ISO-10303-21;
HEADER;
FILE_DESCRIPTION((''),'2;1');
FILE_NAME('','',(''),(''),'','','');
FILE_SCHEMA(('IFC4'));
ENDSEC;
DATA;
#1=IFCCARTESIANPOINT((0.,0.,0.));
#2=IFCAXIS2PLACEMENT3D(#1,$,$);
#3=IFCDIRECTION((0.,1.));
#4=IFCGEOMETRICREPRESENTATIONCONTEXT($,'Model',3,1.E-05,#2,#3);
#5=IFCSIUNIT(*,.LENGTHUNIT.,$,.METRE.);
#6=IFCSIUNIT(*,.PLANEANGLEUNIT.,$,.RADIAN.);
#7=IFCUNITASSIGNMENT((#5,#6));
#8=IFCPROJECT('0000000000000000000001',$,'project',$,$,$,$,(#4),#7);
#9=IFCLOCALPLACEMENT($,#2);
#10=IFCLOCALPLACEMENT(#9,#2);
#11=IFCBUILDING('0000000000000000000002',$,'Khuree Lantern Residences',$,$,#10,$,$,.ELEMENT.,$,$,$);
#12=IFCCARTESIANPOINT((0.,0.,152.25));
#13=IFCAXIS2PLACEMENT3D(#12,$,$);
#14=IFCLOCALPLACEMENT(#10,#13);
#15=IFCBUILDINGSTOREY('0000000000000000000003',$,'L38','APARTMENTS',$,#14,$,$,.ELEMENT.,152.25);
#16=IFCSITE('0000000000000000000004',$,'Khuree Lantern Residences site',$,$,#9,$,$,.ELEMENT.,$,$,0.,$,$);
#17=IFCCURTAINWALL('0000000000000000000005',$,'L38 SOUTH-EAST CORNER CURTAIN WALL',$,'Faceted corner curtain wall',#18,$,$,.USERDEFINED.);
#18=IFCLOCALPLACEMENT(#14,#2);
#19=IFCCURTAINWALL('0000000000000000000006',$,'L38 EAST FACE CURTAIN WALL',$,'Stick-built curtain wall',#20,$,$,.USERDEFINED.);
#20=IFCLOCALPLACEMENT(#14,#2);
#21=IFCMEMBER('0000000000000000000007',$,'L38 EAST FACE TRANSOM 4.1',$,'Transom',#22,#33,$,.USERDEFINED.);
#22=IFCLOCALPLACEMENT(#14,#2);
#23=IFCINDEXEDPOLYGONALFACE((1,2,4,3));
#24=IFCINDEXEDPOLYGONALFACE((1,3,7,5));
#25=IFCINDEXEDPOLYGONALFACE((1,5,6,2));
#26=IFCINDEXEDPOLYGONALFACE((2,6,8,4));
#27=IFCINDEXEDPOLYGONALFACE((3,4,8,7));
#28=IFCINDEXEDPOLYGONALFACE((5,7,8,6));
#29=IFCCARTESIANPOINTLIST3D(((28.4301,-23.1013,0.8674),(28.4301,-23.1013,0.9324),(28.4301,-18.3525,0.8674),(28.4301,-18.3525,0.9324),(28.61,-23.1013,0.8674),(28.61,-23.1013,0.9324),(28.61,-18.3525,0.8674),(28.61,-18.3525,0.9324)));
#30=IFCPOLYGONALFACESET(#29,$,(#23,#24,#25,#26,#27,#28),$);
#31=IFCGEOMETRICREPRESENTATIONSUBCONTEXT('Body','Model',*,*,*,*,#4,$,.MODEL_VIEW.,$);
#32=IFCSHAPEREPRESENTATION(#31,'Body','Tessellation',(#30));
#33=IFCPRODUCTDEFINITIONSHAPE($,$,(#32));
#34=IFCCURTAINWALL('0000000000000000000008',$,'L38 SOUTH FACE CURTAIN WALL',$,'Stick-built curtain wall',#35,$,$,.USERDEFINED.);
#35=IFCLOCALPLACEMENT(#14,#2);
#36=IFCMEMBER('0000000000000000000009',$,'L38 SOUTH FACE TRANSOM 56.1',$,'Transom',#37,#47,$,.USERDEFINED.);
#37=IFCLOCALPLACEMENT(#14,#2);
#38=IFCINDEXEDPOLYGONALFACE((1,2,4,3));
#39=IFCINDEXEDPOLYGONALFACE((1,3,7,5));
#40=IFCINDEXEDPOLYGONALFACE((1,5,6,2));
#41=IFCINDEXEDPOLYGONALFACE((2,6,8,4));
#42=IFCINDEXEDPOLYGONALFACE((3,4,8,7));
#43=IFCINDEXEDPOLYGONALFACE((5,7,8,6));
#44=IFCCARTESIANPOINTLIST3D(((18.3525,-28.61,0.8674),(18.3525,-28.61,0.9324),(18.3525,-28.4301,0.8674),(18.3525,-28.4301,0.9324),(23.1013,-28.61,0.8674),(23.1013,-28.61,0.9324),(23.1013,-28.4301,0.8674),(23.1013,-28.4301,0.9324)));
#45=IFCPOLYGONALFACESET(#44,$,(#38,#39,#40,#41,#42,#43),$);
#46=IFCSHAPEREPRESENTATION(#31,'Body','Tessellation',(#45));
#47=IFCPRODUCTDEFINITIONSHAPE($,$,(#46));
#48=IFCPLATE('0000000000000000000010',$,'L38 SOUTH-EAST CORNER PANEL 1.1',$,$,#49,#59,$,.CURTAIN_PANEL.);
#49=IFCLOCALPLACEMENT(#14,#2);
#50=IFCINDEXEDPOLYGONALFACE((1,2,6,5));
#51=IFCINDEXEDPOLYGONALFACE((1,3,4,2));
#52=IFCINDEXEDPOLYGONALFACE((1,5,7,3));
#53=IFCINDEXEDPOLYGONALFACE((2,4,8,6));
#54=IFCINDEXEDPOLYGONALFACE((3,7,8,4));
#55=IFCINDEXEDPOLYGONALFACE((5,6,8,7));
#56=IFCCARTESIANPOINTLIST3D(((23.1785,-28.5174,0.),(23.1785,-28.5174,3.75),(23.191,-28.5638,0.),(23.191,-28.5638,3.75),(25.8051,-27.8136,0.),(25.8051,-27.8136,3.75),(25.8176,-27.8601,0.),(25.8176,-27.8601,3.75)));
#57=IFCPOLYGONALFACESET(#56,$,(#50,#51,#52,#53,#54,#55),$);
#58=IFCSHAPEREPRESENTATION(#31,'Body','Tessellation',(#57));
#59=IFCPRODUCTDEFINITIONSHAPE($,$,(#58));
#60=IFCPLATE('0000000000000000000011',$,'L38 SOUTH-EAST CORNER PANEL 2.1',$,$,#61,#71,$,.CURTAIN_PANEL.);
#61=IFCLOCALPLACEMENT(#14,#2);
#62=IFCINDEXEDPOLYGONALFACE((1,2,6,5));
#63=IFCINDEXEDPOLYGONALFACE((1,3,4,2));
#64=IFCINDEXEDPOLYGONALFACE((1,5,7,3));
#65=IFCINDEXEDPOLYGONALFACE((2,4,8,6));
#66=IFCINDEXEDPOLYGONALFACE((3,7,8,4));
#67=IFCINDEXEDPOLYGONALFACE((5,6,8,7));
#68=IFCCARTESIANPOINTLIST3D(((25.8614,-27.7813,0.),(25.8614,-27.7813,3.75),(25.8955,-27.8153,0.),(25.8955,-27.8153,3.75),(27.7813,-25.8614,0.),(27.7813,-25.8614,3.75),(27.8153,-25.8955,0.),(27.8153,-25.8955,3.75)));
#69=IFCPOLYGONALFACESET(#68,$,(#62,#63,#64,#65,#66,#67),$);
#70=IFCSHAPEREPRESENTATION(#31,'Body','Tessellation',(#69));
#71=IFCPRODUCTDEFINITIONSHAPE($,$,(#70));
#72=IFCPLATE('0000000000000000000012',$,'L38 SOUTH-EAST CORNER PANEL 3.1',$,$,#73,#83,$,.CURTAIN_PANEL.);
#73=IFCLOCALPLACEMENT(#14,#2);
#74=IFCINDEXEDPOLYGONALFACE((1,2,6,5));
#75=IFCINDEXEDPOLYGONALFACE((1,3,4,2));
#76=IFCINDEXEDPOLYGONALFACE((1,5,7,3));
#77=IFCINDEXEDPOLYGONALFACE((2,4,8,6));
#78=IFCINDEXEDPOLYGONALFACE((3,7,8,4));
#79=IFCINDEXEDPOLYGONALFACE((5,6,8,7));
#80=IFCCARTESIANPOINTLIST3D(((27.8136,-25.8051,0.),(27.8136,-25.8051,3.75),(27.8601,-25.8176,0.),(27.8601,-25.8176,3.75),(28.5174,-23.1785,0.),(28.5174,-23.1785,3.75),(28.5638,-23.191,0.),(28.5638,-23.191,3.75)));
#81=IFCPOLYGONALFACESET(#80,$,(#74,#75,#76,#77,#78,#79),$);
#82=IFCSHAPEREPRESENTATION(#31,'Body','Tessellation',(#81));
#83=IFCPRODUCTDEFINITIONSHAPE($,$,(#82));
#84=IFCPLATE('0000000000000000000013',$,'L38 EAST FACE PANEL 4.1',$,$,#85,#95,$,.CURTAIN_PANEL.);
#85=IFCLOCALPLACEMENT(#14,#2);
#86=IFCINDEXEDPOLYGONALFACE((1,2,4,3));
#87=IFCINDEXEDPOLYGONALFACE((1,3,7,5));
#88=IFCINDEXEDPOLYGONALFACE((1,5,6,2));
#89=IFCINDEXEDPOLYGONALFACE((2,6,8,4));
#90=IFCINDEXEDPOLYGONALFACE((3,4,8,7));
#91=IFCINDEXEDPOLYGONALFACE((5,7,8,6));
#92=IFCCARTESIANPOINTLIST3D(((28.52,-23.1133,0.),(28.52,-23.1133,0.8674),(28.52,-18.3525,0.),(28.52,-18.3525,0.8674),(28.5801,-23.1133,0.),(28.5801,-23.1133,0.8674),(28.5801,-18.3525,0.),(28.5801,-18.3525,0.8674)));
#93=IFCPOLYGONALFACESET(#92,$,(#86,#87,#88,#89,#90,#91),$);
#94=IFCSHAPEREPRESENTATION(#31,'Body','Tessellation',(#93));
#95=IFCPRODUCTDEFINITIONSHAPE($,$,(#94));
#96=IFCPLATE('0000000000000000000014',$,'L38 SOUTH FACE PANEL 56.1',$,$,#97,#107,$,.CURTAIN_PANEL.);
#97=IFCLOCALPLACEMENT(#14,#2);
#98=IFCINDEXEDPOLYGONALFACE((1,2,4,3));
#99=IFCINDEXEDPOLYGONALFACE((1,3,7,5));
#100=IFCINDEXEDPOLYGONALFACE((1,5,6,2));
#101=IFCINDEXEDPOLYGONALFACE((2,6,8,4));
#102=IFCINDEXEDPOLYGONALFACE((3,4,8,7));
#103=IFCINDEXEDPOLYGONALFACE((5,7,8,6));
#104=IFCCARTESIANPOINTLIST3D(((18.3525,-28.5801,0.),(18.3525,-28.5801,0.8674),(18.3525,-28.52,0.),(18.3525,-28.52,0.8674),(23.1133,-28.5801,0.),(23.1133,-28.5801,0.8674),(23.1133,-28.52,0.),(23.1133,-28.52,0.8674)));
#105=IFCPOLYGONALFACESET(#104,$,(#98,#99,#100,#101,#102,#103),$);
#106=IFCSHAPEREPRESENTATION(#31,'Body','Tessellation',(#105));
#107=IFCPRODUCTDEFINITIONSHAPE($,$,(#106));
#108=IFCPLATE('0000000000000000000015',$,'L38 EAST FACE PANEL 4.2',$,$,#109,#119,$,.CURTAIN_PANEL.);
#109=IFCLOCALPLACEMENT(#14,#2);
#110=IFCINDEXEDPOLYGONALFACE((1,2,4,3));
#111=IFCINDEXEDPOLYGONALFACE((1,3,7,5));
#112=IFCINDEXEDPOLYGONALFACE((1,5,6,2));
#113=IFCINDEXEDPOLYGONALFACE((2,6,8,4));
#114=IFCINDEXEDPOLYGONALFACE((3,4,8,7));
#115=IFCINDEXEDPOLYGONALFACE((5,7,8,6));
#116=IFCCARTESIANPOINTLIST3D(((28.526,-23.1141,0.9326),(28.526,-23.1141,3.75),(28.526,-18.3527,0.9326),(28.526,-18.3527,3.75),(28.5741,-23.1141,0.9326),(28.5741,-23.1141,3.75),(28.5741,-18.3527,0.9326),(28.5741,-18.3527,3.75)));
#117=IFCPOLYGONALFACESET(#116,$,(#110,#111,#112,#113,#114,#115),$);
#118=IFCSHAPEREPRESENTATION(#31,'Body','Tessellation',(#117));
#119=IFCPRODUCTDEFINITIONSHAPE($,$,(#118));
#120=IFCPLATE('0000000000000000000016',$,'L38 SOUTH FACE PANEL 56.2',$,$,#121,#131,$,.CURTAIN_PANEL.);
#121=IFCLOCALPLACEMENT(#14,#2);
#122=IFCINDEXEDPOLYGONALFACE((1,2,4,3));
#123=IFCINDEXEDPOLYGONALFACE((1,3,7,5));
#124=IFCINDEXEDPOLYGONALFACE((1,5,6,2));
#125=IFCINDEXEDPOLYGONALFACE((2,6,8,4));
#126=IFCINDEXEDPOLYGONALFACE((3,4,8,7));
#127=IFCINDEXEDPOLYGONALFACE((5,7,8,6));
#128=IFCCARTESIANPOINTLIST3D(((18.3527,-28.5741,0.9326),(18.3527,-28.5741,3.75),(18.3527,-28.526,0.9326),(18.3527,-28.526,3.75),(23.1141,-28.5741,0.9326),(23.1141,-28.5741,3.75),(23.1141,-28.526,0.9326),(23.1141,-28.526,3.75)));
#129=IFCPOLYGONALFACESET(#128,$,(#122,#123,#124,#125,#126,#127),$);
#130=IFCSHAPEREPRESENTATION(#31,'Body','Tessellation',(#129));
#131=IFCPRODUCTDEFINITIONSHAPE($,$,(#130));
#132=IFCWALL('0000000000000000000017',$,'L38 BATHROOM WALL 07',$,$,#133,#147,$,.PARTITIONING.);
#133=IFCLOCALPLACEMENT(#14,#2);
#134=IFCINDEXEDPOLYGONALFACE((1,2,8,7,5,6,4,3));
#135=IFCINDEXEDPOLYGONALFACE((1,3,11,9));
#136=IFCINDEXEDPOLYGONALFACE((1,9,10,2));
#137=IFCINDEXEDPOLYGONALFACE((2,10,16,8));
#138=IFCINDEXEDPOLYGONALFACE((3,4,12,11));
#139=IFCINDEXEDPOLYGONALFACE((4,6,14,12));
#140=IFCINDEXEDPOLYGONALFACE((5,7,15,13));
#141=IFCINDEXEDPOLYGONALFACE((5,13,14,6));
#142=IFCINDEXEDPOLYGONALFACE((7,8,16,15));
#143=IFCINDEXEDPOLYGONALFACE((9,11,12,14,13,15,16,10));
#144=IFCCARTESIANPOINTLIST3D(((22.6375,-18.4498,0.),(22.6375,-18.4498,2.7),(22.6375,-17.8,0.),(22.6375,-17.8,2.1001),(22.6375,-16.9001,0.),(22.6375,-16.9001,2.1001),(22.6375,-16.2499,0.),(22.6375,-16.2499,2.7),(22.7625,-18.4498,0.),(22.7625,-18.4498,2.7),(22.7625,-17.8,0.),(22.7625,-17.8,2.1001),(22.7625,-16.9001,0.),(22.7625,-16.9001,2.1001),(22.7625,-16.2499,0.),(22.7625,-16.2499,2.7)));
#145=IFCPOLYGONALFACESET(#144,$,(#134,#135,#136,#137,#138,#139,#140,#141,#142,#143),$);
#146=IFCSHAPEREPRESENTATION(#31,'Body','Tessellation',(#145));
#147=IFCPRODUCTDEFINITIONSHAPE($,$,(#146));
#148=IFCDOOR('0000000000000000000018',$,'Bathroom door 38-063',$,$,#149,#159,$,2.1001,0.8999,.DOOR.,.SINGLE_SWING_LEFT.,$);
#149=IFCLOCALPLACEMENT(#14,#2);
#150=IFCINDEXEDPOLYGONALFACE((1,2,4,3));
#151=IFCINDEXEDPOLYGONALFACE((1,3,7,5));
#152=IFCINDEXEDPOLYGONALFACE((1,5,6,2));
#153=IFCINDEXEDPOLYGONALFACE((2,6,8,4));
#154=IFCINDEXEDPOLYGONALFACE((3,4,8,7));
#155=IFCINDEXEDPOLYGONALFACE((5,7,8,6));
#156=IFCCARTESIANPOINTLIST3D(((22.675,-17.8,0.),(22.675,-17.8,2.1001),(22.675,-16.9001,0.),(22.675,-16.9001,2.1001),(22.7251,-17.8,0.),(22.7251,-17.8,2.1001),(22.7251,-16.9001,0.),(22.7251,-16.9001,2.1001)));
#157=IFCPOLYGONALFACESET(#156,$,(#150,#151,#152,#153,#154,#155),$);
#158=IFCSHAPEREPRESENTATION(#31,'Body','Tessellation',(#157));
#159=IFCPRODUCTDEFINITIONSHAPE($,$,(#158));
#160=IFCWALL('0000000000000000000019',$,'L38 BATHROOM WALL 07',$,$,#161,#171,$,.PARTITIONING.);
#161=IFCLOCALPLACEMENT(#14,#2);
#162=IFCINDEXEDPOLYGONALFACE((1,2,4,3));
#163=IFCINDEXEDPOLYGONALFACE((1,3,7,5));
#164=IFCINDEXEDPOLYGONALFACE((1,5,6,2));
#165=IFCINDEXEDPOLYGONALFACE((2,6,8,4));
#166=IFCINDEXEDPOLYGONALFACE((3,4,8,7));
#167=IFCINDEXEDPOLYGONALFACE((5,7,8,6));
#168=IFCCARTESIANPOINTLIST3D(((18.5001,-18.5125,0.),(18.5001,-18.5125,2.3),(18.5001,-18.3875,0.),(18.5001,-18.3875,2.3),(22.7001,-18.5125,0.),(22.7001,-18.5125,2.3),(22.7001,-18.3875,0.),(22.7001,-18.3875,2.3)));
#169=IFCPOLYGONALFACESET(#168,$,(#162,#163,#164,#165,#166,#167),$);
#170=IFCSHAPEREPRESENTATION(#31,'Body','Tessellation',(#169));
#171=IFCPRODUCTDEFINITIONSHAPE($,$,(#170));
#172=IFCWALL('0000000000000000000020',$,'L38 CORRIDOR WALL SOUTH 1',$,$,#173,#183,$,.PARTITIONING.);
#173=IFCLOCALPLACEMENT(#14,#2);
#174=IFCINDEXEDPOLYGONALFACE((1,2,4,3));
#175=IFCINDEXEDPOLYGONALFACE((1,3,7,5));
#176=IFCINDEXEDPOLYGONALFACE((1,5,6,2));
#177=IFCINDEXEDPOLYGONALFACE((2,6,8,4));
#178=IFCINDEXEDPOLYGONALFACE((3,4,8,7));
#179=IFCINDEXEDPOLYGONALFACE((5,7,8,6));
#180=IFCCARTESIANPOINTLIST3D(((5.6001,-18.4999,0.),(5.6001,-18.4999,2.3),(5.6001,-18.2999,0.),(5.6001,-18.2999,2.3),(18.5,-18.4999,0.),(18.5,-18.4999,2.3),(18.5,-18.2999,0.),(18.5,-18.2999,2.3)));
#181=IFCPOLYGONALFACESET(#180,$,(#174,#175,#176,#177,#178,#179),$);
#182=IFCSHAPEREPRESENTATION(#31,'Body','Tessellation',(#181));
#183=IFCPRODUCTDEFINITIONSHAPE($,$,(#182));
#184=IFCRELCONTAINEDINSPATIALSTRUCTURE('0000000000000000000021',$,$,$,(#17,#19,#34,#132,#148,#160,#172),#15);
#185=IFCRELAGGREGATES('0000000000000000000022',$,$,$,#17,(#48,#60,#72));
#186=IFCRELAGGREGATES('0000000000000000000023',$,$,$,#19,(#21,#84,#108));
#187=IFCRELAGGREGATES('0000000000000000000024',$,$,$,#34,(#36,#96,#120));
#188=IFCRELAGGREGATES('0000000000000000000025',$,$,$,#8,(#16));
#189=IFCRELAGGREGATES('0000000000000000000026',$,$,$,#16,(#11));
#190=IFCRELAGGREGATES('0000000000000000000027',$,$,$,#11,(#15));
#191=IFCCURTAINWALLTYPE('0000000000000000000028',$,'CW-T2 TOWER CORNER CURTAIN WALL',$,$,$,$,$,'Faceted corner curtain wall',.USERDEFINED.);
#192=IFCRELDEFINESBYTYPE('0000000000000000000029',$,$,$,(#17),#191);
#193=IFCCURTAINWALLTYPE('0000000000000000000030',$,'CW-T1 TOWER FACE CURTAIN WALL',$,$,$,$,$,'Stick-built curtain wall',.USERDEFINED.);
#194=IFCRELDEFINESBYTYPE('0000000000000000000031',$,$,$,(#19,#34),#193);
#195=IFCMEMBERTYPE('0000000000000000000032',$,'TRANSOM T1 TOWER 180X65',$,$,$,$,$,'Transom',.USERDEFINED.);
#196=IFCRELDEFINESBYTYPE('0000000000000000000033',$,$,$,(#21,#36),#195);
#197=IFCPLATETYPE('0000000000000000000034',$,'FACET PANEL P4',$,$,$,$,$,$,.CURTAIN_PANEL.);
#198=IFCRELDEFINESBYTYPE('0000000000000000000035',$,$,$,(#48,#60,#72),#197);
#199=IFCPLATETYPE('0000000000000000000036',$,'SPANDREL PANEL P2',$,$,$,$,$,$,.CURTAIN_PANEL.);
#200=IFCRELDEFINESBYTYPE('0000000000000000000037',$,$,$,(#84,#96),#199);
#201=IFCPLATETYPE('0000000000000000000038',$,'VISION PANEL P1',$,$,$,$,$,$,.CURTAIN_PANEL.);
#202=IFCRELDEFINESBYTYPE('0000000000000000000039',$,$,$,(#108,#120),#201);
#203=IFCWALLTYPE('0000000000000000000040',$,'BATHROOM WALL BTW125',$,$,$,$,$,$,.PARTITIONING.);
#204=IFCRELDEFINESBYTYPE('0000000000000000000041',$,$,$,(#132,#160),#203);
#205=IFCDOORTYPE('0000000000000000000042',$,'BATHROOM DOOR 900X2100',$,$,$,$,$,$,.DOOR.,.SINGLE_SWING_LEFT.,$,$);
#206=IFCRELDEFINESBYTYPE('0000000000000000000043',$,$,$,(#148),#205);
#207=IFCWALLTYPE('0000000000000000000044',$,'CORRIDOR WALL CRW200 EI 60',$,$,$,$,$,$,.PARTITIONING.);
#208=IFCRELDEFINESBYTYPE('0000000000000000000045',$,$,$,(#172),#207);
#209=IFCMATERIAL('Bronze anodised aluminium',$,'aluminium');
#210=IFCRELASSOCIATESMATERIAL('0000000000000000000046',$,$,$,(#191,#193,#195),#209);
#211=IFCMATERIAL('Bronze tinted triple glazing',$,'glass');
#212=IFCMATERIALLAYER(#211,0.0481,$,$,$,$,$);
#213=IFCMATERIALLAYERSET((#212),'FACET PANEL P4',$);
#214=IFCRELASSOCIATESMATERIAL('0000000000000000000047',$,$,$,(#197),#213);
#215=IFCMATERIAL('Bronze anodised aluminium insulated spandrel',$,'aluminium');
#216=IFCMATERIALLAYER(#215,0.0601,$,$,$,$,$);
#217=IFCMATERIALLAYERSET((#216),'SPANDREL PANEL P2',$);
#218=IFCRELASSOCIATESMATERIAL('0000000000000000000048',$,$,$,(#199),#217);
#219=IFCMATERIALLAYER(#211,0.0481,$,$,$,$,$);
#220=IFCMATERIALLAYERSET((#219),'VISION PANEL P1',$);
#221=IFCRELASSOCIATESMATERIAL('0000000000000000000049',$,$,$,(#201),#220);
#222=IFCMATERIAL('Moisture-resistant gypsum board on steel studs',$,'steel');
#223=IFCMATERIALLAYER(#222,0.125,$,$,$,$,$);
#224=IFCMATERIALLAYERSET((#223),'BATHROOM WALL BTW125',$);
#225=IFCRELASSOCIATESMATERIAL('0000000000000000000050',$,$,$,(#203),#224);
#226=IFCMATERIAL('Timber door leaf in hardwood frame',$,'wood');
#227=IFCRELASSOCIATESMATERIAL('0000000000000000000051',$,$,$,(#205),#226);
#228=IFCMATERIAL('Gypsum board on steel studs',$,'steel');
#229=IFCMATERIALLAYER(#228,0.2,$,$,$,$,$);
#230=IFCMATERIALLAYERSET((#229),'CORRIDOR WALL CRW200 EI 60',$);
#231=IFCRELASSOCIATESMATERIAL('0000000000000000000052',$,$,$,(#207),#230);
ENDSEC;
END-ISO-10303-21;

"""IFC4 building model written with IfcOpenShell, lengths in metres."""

from ifc_helpers import new_model, si_unit, direction, frame, frame_2d, origin, origin_2d, place, context, subcontext, project, spatial, rectangle, extrude, material, layer, layer_set, material_profile, profile_set, type_object, element, fill, aggregate, save


model = new_model("IFC4")

# Units and contexts
model_context = context("Model", 3, precision=1e-05, world=origin(), true_north=direction((0.0, 1.0)))
body_context = subcontext(model_context, "Body", "Model", "MODEL_VIEW")
ifc_project = project(units=[si_unit("LENGTHUNIT", "METRE"), si_unit("PLANEANGLEUNIT", "RADIAN")], contexts=[model_context])

# Site, building, storey
site_placement = place(None, origin())
site = spatial("IfcSite", under=ifc_project, at=site_placement, Name="Khuree Lantern Residences site", CompositionType="ELEMENT", RefElevation=0.0)
building_placement = place(site_placement, origin())
building = spatial("IfcBuilding", under=site, at=building_placement, Name="Khuree Lantern Residences", CompositionType="ELEMENT")
storey_placement = place(building_placement, frame((0.0, 0.0, 152.25)))
storey = spatial("IfcBuildingStorey", under=building, at=storey_placement, Name="L38", Description="APARTMENTS", CompositionType="ELEMENT", Elevation=152.25)

# Curtain wall
ifc_material_1 = material(Name="Bronze anodised aluminium", Category="aluminium")
curtain_wall_type_1 = type_object("IfcCurtainWallType", Name="CW-T2 TOWER CORNER CURTAIN WALL", ElementType="Faceted corner curtain wall", PredefinedType="USERDEFINED", material=ifc_material_1)
curtain_wall_1_placement = place(storey_placement, origin())
curtain_wall_1 = element("IfcCurtainWall", 1, at=curtain_wall_1_placement, inside=storey, type_object=curtain_wall_type_1, Name="L38 SOUTH-EAST CORNER CURTAIN WALL", ObjectType="Faceted corner curtain wall", PredefinedType="USERDEFINED")

# Curtain wall, member
curtain_wall_type_2 = type_object("IfcCurtainWallType", Name="CW-T1 TOWER FACE CURTAIN WALL", ElementType="Stick-built curtain wall", PredefinedType="USERDEFINED", material=ifc_material_1)
curtain_wall_2_placement = place(storey_placement, origin())
curtain_wall_2 = element("IfcCurtainWall", 2, at=curtain_wall_2_placement, inside=storey, type_object=curtain_wall_type_2, Name="L38 EAST FACE CURTAIN WALL", ObjectType="Stick-built curtain wall", PredefinedType="USERDEFINED")
ifc_material_profile_1 = material_profile(ifc_material_1, rectangle(XDim=0.1799, YDim=0.0649, at=origin_2d()), Name="T1 180X65")
ifc_profile_set_1 = profile_set([ifc_material_profile_1], Name="Bronze anodised aluminium")
member_type_1 = type_object("IfcMemberType", Name="TRANSOM T1 TOWER 180X65", ElementType="Transom", PredefinedType="USERDEFINED", material=ifc_profile_set_1)
member_1_placement = place(storey_placement, frame((28.52, -23.1013, 0.8999), z_axis=(0.0, 1.0, 0.0), x_axis=(-1.0, 0.0, 0.0)))
member_1 = element("IfcMember", 3, at=member_1_placement, type_object=member_type_1, Name="L38 EAST FACE TRANSOM 4.1", ObjectType="Transom", PredefinedType="USERDEFINED", context=body_context, shape_type="SweptSolid", body=[
    extrude(rectangle(XDim=0.1799, YDim=0.0649, at=origin_2d()), origin(), (0.0, 0.0, 1.0), 4.7488),
])

# Curtain wall, member
curtain_wall_3_placement = place(storey_placement, origin())
curtain_wall_3 = element("IfcCurtainWall", 4, at=curtain_wall_3_placement, inside=storey, type_object=curtain_wall_type_2, Name="L38 SOUTH FACE CURTAIN WALL", ObjectType="Stick-built curtain wall", PredefinedType="USERDEFINED")
member_2_placement = place(storey_placement, frame((18.3525, -28.52, 0.8999), z_axis=(1.0, 0.0, 0.0), x_axis=(0.0, 1.0, 0.0)))
member_2 = element("IfcMember", 5, at=member_2_placement, type_object=member_type_1, Name="L38 SOUTH FACE TRANSOM 56.1", ObjectType="Transom", PredefinedType="USERDEFINED", context=body_context, shape_type="SweptSolid", body=[
    extrude(rectangle(XDim=0.1799, YDim=0.0649, at=origin_2d()), origin(), (0.0, 0.0, 1.0), 4.7488),
])

# Plates
ifc_material_2 = material(Name="Bronze tinted triple glazing", Category="glass")
ifc_layer_1 = layer(ifc_material_2, 0.0481)
ifc_layer_set_1 = layer_set([ifc_layer_1], Name="FACET PANEL P4")
plate_type_1 = type_object("IfcPlateType", Name="FACET PANEL P4", PredefinedType="CURTAIN_PANEL", material=ifc_layer_set_1)
plate_1_placement = place(storey_placement, frame((24.498, -28.1887, 0.0), z_axis=(0.0, 0.0, 1.0), x_axis=(0.965926, 0.258819, 0.0)))
plate_1 = element("IfcPlate", 6, at=plate_1_placement, type_object=plate_type_1, Name="L38 SOUTH-EAST CORNER PANEL 1.1", PredefinedType="CURTAIN_PANEL", context=body_context, shape_type="SweptSolid", body=[
    extrude(rectangle(XDim=2.7192, YDim=0.0481, at=origin_2d()), origin(), (0.0, 0.0, 1.0), 3.75),
])
plate_2_placement = place(storey_placement, frame((26.8384, -26.8384, 0.0), z_axis=(0.0, 0.0, 1.0), x_axis=(0.707107, 0.707107, 0.0)))
plate_2 = element("IfcPlate", 7, at=plate_2_placement, type_object=plate_type_1, Name="L38 SOUTH-EAST CORNER PANEL 2.1", PredefinedType="CURTAIN_PANEL", context=body_context, shape_type="SweptSolid", body=[
    extrude(rectangle(XDim=2.7151, YDim=0.0481, at=origin_2d()), origin(), (0.0, 0.0, 1.0), 3.75),
])
plate_3_placement = place(storey_placement, frame((28.1887, -24.498, 0.0), z_axis=(0.0, 0.0, 1.0), x_axis=(0.258819, 0.965926, 0.0)))
plate_3 = element("IfcPlate", 8, at=plate_3_placement, type_object=plate_type_1, Name="L38 SOUTH-EAST CORNER PANEL 3.1", PredefinedType="CURTAIN_PANEL", context=body_context, shape_type="SweptSolid", body=[
    extrude(rectangle(XDim=2.7192, YDim=0.0481, at=origin_2d()), origin(), (0.0, 0.0, 1.0), 3.75),
])
aggregate(curtain_wall_1, [plate_1, plate_2, plate_3])
ifc_material_3 = material(Name="Bronze anodised aluminium insulated spandrel", Category="aluminium")
ifc_layer_2 = layer(ifc_material_3, 0.0601)
ifc_layer_set_2 = layer_set([ifc_layer_2], Name="SPANDREL PANEL P2")
plate_type_2 = type_object("IfcPlateType", Name="SPANDREL PANEL P2", PredefinedType="CURTAIN_PANEL", material=ifc_layer_set_2)
plate_4_placement = place(storey_placement, frame((28.55, -20.7329, 0.0), z_axis=(0.0, 0.0, 1.0), x_axis=(0.0, 1.0, 0.0)))
plate_4 = element("IfcPlate", 9, at=plate_4_placement, type_object=plate_type_2, Name="L38 EAST FACE PANEL 4.1", PredefinedType="CURTAIN_PANEL", context=body_context, shape_type="SweptSolid", body=[
    extrude(rectangle(XDim=4.7607, YDim=0.0601, at=origin_2d()), origin(), (0.0, 0.0, 1.0), 0.8674),
])
plate_5_placement = place(storey_placement, frame((20.7329, -28.55, 0.0), z_axis=(0.0, 0.0, 1.0), x_axis=(1.0, 0.0, 0.0)))
plate_5 = element("IfcPlate", 10, at=plate_5_placement, type_object=plate_type_2, Name="L38 SOUTH FACE PANEL 56.1", PredefinedType="CURTAIN_PANEL", context=body_context, shape_type="SweptSolid", body=[
    extrude(rectangle(XDim=4.7607, YDim=0.0601, at=origin_2d()), origin(), (0.0, 0.0, 1.0), 0.8674),
])
ifc_layer_3 = layer(ifc_material_2, 0.0481)
ifc_layer_set_3 = layer_set([ifc_layer_3], Name="VISION PANEL P1")
plate_type_3 = type_object("IfcPlateType", Name="VISION PANEL P1", PredefinedType="CURTAIN_PANEL", material=ifc_layer_set_3)
plate_6_placement = place(storey_placement, frame((28.55, -20.7334, 0.9326), z_axis=(0.0, 0.0, 1.0), x_axis=(0.0, 1.0, 0.0)))
plate_6 = element("IfcPlate", 11, at=plate_6_placement, type_object=plate_type_3, Name="L38 EAST FACE PANEL 4.2", PredefinedType="CURTAIN_PANEL", context=body_context, shape_type="SweptSolid", body=[
    extrude(rectangle(XDim=4.7615, YDim=0.0481, at=origin_2d()), origin(), (0.0, 0.0, 1.0), 2.8174),
])
aggregate(curtain_wall_2, [member_1, plate_4, plate_6])
plate_7_placement = place(storey_placement, frame((20.7334, -28.55, 0.9326), z_axis=(0.0, 0.0, 1.0), x_axis=(1.0, 0.0, 0.0)))
plate_7 = element("IfcPlate", 12, at=plate_7_placement, type_object=plate_type_3, Name="L38 SOUTH FACE PANEL 56.2", PredefinedType="CURTAIN_PANEL", context=body_context, shape_type="SweptSolid", body=[
    extrude(rectangle(XDim=4.7615, YDim=0.0481, at=origin_2d()), origin(), (0.0, 0.0, 1.0), 2.8174),
])
aggregate(curtain_wall_3, [member_2, plate_5, plate_7])

# Wall, opening, door
ifc_material_4 = material(Name="Moisture-resistant gypsum board on steel studs", Category="steel")
ifc_layer_4 = layer(ifc_material_4, 0.125)
ifc_layer_set_4 = layer_set([ifc_layer_4], Name="BATHROOM WALL BTW125")
wall_type_1 = type_object("IfcWallType", Name="BATHROOM WALL BTW125", PredefinedType="PARTITIONING", material=ifc_layer_set_4)
wall_1_placement = place(storey_placement, frame((22.7, -18.45, 0.0), z_axis=(0.0, 0.0, 1.0), x_axis=(0.0, 1.0, 0.0)))
wall_1 = element("IfcWall", 13, at=wall_1_placement, inside=storey, type_object=wall_type_1, Name="L38 BATHROOM WALL 07", PredefinedType="PARTITIONING", context=body_context, shape_type="SweptSolid", body=[
    extrude(rectangle(XDim=2.2, YDim=0.125, at=frame_2d((1.1001, 0.0))), origin(), (0.0, 0.0, 1.0), 2.7),
])
opening_placement = place(wall_1_placement, frame((0.6499, 0.0, 0.0)))
opening = element("IfcOpeningElement", 14, at=opening_placement, cuts=wall_1, PredefinedType="OPENING", context=body_context, shape_type="SweptSolid", body=[
    extrude(rectangle(XDim=0.8999, YDim=2.1001, at=frame_2d((0.45, 1.05))), frame((0.0, 0.0725, 0.0), z_axis=(0.0, -1.0, 0.0), x_axis=(1.0, 0.0, 0.0)), (0.0, 0.0, 1.0), 0.145),
])
ifc_material_5 = material(Name="Timber door leaf in hardwood frame", Category="wood")
door_type = type_object("IfcDoorType", Name="BATHROOM DOOR 900X2100", OperationType="SINGLE_SWING_LEFT", PredefinedType="DOOR", material=ifc_material_5)
door_placement = place(opening_placement, origin())
door = element("IfcDoor", 15, at=door_placement, inside=storey, type_object=door_type, Name="Bathroom door 38-063", OperationType="SINGLE_SWING_LEFT", OverallHeight=2.1001, OverallWidth=0.8999, PredefinedType="DOOR", context=body_context, shape_type="SweptSolid", body=[
    extrude(rectangle(XDim=0.8999, YDim=2.1001, at=frame_2d((0.45, 1.05))), frame((0.0, 0.0249, 0.0), z_axis=(0.0, -1.0, 0.0), x_axis=(1.0, 0.0, 0.0)), (0.0, 0.0, 1.0), 0.05),
])
fill(opening, door)

# Walls
wall_2_placement = place(storey_placement, frame((18.5, -18.45, 0.0), z_axis=(0.0, 0.0, 1.0), x_axis=(1.0, 0.0, 0.0)))
element("IfcWall", 16, at=wall_2_placement, inside=storey, type_object=wall_type_1, Name="L38 BATHROOM WALL 07", PredefinedType="PARTITIONING", context=body_context, shape_type="SweptSolid", body=[
    extrude(rectangle(XDim=4.2, YDim=0.125, at=frame_2d((2.1001, 0.0))), origin(), (0.0, 0.0, 1.0), 2.3),
])
ifc_material_6 = material(Name="Gypsum board on steel studs", Category="steel")
ifc_layer_5 = layer(ifc_material_6, 0.2)
ifc_layer_set_5 = layer_set([ifc_layer_5], Name="CORRIDOR WALL CRW200 EI 60")
wall_type_2 = type_object("IfcWallType", Name="CORRIDOR WALL CRW200 EI 60", PredefinedType="PARTITIONING", material=ifc_layer_set_5)
wall_3_placement = place(storey_placement, frame((18.5, -18.3999, 0.0), z_axis=(0.0, 0.0, 1.0), x_axis=(-1.0, 0.0, 0.0)))
element("IfcWall", 17, at=wall_3_placement, inside=storey, type_object=wall_type_2, Name="L38 CORRIDOR WALL SOUTH 1", PredefinedType="PARTITIONING", context=body_context, shape_type="SweptSolid", body=[
    extrude(rectangle(XDim=12.8999, YDim=0.2, at=frame_2d((6.45, 0.0))), origin(), (0.0, 0.0, 1.0), 2.3),
])

save(model, "model.ifc")
